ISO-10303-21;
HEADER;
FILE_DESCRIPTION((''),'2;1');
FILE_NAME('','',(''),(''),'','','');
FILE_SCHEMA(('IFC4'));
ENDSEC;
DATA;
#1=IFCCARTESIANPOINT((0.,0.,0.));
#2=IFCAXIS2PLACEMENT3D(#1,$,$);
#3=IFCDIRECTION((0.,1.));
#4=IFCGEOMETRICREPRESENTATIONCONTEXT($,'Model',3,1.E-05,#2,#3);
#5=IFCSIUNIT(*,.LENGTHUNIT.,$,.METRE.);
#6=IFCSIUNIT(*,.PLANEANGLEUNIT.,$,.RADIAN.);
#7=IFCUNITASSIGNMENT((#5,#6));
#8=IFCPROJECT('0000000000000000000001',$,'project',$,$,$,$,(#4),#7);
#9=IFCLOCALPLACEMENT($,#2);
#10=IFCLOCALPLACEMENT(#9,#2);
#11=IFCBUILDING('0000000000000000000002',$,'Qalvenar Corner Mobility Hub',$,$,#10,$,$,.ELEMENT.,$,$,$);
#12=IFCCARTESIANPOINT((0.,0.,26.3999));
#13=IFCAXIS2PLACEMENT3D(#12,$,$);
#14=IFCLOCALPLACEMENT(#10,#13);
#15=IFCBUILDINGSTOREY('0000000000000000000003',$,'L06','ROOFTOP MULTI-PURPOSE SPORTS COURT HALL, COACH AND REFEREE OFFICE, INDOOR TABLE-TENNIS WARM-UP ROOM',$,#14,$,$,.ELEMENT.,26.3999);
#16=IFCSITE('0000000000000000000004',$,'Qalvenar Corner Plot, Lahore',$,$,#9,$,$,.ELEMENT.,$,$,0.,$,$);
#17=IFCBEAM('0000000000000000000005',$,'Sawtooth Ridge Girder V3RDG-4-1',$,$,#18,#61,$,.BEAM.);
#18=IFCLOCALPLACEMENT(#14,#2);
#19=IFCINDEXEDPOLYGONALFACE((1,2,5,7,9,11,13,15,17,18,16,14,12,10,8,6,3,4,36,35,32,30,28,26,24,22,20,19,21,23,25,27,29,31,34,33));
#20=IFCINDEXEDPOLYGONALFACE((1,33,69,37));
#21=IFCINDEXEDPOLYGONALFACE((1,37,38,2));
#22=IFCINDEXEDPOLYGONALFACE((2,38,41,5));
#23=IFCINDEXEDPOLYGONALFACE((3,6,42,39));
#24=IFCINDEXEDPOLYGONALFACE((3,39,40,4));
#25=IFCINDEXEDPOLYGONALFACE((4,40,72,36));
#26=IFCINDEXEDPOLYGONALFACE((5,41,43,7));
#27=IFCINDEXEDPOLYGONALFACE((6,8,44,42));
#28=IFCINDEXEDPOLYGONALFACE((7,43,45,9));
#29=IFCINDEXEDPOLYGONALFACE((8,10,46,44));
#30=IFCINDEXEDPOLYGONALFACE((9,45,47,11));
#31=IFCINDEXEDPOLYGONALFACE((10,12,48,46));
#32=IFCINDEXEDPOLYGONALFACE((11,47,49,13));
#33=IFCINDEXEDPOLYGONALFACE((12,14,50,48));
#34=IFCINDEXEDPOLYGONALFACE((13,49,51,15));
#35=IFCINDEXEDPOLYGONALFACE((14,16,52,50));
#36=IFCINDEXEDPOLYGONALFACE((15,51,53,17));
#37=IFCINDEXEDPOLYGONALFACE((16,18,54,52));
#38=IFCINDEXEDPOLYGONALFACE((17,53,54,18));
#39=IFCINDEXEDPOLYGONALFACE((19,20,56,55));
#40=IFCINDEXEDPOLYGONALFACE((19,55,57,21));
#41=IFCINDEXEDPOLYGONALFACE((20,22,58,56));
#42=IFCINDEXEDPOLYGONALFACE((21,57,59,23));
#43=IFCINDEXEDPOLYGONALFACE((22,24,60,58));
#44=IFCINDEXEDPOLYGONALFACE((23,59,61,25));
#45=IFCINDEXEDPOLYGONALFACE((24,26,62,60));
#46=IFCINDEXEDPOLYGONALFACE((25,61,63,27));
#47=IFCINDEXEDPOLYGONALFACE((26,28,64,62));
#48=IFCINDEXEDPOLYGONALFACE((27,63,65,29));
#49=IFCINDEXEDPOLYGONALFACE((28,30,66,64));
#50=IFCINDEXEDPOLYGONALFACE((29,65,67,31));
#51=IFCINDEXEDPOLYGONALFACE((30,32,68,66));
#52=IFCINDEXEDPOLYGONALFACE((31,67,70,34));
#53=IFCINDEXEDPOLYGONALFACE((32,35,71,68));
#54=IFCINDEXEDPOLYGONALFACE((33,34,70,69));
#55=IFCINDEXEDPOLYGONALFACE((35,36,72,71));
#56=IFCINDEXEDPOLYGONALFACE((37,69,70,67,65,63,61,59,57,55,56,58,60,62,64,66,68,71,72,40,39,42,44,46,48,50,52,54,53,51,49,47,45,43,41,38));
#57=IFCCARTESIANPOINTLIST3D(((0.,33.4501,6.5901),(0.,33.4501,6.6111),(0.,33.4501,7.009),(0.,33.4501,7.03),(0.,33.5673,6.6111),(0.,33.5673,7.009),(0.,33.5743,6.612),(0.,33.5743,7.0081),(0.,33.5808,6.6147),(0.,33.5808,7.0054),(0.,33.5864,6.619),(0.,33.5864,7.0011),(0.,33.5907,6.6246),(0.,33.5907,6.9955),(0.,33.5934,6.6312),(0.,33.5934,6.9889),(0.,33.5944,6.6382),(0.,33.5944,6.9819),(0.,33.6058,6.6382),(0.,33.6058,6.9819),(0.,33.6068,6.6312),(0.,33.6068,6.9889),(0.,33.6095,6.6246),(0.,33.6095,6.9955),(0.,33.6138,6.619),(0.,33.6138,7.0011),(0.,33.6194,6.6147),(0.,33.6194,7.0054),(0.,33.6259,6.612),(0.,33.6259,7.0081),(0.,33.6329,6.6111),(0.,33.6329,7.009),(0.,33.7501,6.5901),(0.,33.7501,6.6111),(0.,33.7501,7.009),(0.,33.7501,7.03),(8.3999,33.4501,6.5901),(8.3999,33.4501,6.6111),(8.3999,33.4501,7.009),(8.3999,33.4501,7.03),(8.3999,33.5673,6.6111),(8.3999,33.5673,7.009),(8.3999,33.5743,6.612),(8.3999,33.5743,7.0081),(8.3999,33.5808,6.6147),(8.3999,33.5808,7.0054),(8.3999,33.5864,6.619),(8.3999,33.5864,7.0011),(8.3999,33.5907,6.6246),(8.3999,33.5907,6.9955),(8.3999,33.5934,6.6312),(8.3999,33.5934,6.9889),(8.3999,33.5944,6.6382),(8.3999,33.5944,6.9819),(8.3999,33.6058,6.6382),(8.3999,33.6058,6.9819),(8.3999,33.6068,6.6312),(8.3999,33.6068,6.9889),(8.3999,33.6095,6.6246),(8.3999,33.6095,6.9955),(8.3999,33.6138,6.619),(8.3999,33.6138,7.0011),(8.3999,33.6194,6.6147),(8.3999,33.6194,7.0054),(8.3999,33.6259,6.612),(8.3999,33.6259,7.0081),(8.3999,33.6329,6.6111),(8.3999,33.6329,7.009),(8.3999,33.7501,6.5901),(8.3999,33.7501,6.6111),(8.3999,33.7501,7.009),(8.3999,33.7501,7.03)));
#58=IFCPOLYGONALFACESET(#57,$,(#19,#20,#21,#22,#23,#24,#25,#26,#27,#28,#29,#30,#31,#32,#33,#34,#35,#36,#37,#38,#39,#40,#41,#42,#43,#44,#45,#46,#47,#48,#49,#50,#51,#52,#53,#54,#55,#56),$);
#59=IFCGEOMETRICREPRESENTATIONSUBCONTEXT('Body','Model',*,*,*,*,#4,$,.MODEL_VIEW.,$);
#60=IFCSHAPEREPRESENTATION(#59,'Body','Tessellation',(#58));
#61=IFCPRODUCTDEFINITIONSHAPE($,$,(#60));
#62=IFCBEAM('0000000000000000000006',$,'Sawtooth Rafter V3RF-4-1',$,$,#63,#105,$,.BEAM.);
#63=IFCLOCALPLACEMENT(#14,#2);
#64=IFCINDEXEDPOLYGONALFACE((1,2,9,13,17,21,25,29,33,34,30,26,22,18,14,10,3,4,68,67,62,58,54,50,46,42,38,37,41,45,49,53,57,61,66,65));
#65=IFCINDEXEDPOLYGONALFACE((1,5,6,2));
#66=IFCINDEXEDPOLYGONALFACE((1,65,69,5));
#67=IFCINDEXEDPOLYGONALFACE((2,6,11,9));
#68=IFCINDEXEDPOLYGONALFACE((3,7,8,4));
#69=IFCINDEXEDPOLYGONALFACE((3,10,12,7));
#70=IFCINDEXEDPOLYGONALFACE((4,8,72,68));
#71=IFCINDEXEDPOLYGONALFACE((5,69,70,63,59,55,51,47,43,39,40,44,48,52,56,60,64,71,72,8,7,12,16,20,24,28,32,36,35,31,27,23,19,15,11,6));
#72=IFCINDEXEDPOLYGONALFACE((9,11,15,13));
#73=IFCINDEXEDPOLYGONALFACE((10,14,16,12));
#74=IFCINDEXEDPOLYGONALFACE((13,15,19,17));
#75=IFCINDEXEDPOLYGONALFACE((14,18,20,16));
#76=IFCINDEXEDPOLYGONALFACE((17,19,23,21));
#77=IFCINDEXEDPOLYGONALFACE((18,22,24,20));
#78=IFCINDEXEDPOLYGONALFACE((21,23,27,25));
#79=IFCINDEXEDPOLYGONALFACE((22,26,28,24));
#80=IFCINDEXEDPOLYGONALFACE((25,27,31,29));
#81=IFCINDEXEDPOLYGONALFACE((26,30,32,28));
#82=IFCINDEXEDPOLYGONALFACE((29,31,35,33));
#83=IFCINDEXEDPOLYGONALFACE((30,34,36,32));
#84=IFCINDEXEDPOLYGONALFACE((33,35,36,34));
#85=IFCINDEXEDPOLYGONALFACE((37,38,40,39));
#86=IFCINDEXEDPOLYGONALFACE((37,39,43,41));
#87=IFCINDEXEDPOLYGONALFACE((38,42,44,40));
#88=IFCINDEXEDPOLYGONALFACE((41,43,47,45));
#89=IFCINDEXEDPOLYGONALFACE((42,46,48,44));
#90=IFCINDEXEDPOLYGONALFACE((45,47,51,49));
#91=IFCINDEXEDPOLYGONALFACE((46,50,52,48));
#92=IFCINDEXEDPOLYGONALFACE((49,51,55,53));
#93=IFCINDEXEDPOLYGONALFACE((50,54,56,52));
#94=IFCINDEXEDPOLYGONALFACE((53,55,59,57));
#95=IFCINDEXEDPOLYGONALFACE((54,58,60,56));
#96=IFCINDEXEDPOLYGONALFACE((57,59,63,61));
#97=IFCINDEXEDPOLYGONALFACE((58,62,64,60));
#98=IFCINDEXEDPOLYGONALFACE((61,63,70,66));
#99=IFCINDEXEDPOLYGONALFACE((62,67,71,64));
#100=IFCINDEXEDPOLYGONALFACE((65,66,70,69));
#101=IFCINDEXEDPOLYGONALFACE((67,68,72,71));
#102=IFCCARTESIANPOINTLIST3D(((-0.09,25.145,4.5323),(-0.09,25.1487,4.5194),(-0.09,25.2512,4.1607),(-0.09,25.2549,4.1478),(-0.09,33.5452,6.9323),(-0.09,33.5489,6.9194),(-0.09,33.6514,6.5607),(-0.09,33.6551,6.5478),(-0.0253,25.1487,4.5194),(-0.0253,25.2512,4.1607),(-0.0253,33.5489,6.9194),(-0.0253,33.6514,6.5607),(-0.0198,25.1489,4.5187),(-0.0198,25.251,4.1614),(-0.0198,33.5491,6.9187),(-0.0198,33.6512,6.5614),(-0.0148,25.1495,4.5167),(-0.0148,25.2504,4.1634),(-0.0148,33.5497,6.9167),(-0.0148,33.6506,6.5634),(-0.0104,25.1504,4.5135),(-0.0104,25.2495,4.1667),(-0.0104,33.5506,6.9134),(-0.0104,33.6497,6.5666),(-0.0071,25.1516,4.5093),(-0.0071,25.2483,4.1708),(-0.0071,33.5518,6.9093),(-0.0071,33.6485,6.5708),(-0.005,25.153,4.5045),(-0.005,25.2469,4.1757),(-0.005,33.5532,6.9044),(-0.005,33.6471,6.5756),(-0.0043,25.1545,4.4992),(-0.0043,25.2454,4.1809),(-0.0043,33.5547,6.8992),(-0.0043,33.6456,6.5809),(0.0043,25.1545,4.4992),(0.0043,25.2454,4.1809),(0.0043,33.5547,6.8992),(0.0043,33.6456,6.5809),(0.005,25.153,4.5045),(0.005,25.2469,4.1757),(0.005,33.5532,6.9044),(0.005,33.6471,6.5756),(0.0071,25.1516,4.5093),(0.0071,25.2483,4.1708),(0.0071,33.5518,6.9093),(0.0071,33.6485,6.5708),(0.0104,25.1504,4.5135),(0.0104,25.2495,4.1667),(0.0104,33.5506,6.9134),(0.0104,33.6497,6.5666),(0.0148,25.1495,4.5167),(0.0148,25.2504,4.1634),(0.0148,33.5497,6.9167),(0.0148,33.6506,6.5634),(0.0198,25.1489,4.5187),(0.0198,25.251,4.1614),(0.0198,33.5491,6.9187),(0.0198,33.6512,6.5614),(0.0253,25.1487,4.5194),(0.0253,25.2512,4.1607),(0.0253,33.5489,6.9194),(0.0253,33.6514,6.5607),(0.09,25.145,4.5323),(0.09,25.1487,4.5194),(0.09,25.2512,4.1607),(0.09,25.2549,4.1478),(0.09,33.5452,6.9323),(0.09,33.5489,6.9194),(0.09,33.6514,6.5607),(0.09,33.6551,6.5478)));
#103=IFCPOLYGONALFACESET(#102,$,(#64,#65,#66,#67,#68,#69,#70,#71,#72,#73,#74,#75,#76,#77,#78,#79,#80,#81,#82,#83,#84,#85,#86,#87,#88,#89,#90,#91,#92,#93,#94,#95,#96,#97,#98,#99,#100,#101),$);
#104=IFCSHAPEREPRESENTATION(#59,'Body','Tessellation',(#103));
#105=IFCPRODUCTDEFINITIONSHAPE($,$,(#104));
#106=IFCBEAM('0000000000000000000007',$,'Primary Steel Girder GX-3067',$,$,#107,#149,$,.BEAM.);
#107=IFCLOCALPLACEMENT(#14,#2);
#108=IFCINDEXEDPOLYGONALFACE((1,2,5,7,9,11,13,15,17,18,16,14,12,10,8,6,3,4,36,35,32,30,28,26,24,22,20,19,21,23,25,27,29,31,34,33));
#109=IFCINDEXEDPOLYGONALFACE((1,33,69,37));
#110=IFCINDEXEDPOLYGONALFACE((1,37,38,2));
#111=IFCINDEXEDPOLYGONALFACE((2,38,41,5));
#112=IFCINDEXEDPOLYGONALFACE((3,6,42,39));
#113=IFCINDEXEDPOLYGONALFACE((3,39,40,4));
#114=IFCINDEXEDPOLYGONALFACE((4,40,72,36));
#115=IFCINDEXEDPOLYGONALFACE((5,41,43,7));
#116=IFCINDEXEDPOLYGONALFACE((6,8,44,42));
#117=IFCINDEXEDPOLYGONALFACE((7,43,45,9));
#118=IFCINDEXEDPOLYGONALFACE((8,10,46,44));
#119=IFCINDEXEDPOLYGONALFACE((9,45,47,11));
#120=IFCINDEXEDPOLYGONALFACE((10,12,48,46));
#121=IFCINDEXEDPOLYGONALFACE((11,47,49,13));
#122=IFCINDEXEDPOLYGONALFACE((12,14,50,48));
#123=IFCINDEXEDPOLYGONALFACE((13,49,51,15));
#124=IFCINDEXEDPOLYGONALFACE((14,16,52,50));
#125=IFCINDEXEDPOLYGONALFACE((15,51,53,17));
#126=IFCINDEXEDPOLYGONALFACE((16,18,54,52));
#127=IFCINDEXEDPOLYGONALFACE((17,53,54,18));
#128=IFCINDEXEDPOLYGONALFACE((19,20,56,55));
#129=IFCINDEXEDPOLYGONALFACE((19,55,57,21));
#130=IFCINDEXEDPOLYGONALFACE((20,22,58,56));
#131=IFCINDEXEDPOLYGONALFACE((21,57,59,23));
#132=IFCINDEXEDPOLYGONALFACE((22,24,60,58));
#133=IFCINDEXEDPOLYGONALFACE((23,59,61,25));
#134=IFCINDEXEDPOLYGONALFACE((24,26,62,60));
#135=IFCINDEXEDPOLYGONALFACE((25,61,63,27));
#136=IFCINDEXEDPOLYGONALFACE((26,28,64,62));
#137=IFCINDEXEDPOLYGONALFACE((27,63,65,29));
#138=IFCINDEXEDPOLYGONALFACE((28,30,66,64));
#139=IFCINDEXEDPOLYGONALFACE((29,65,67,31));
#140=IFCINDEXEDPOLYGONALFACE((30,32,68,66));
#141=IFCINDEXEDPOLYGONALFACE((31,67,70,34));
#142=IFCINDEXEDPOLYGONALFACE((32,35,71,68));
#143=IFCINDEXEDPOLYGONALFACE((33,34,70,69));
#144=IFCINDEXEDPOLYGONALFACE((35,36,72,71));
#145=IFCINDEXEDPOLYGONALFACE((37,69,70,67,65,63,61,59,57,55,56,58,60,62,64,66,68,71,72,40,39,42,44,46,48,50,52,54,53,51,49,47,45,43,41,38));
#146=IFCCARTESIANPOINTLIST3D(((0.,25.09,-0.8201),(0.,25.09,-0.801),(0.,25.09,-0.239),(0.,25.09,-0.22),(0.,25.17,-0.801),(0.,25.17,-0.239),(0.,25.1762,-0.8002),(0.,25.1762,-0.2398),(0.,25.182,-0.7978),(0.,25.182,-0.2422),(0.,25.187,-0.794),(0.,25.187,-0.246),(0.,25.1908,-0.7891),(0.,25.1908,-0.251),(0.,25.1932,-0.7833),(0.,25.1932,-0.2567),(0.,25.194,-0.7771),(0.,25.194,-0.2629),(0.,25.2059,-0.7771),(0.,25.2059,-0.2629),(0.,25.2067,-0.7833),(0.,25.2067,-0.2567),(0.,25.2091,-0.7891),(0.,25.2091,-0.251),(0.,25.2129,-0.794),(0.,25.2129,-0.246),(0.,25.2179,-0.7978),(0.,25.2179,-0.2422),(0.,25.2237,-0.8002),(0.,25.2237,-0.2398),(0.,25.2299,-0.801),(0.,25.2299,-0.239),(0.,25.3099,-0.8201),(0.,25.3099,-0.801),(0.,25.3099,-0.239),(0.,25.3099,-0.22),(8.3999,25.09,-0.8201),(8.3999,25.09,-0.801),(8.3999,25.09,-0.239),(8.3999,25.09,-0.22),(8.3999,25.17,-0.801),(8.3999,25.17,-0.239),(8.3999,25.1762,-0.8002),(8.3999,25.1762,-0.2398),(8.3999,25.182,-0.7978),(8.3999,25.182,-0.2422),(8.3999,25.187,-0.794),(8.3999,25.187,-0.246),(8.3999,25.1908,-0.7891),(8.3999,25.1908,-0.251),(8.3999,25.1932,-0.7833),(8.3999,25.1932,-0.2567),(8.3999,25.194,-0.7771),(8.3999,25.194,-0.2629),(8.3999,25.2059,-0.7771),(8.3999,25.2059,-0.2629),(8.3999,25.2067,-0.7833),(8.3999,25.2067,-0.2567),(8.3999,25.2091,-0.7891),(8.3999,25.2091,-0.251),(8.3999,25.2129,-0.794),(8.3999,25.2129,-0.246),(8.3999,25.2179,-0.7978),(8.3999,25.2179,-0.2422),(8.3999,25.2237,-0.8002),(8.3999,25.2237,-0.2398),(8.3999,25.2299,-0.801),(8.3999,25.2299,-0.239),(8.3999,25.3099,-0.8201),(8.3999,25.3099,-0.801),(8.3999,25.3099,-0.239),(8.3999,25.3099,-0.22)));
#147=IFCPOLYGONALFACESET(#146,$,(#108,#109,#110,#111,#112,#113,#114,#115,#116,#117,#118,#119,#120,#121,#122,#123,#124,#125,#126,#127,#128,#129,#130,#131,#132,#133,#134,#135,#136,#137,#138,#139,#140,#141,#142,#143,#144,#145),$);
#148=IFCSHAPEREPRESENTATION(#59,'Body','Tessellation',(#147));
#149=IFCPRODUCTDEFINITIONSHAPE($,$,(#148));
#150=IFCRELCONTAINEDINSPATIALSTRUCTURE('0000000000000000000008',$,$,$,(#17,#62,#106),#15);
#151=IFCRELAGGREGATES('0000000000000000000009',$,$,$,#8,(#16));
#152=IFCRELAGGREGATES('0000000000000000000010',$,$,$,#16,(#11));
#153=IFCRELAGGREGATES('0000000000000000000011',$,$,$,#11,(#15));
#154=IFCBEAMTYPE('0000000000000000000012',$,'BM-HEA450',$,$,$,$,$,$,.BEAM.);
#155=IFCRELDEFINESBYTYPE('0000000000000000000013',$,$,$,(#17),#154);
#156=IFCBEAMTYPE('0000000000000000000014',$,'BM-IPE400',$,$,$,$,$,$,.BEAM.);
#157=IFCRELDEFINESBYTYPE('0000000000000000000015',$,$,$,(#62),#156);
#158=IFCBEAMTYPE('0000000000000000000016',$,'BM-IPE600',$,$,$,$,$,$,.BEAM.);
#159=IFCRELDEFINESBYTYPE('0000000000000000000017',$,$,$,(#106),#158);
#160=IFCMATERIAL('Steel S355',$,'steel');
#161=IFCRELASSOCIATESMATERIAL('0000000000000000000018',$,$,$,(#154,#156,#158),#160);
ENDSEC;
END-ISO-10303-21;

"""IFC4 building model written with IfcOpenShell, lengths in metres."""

from ifc_helpers import new_model, si_unit, direction, frame, origin, origin_2d, place, context, subcontext, project, spatial, i_section, extrude, material, material_profile, profile_set, type_object, element, save


model = new_model("IFC4")

# Units and contexts
model_context = context("Model", 3, precision=1e-05, world=origin(), true_north=direction((0.0, 1.0)))
body_context = subcontext(model_context, "Body", "Model", "MODEL_VIEW")
ifc_project = project(units=[si_unit("LENGTHUNIT", "METRE"), si_unit("PLANEANGLEUNIT", "RADIAN")], contexts=[model_context])

# Site, building, storey
site_placement = place(None, origin())
site = spatial("IfcSite", under=ifc_project, at=site_placement, Name="Qalvenar Corner Plot, Lahore", CompositionType="ELEMENT", RefElevation=0.0)
building_placement = place(site_placement, origin())
building = spatial("IfcBuilding", under=site, at=building_placement, Name="Qalvenar Corner Mobility Hub", CompositionType="ELEMENT")
storey_placement = place(building_placement, frame((0.0, 0.0, 26.3999)))
storey = spatial("IfcBuildingStorey", under=building, at=storey_placement, Name="L06", Description="ROOFTOP MULTI-PURPOSE SPORTS COURT HALL, COACH AND REFEREE OFFICE, INDOOR TABLE-TENNIS WARM-UP ROOM", CompositionType="ELEMENT", Elevation=26.3999)

# Shared definitions
ifc_material_1 = material(Name="Steel S355", Category="steel")

# Beams
ifc_material_profile_1 = material_profile(ifc_material_1, i_section(OverallWidth=0.3, OverallDepth=0.4399, WebThickness=0.0115, FlangeThickness=0.021, FilletRadius=0.0271, at=origin_2d()), Name="HEA450")
ifc_profile_set_1 = profile_set([ifc_material_profile_1], Name="Steel S355")
beam_type_1 = type_object("IfcBeamType", Name="BM-HEA450", PredefinedType="BEAM", material=ifc_profile_set_1)
for number, where, z_axis, x_axis, name in (
    (1, (0.0, 33.6001, 6.8101), (1.0, 0.0, 0.0), (0.0, 1.0, 0.0), "Sawtooth Ridge Girder V3RDG-4-1"),
):
    element("IfcBeam", number, at=place(storey_placement, frame(where, z_axis=z_axis, x_axis=x_axis)), inside=storey, type_object=beam_type_1, Name=name, PredefinedType="BEAM", context=body_context, shape_type="SweptSolid", body=[
        extrude(i_section(OverallWidth=0.3, OverallDepth=0.4399, WebThickness=0.0115, FlangeThickness=0.021, FilletRadius=0.0271, at=origin_2d()), origin(), (0.0, 0.0, 1.0), 8.3999),
    ])
ifc_material_profile_2 = material_profile(ifc_material_1, i_section(OverallWidth=0.1799, OverallDepth=0.3999, WebThickness=0.0085, FlangeThickness=0.0134, FilletRadius=0.021, at=origin_2d()), Name="IPE400")
ifc_profile_set_2 = profile_set([ifc_material_profile_2], Name="Steel S355")
beam_type_2 = type_object("IfcBeamType", Name="BM-IPE400", PredefinedType="BEAM", material=ifc_profile_set_2)
beam_1_placement = place(storey_placement, frame((0.0, 25.2, 4.3401), z_axis=(0.0, 0.961528, 0.274706), x_axis=(-1.0, 0.0, 0.0)))
element("IfcBeam", 2, at=beam_1_placement, inside=storey, type_object=beam_type_2, Name="Sawtooth Rafter V3RF-4-1", PredefinedType="BEAM", context=body_context, shape_type="SweptSolid", body=[
    extrude(i_section(OverallWidth=0.1799, OverallDepth=0.3999, WebThickness=0.0085, FlangeThickness=0.0134, FilletRadius=0.021, at=origin_2d()), origin(), (0.0, 0.0, 1.0), 8.7363),
])
ifc_material_profile_3 = material_profile(ifc_material_1, i_section(OverallWidth=0.22, OverallDepth=0.6001, WebThickness=0.012, FlangeThickness=0.019, FilletRadius=0.0239, at=origin_2d()), Name="IPE600")
ifc_profile_set_3 = profile_set([ifc_material_profile_3], Name="Steel S355")
beam_type_3 = type_object("IfcBeamType", Name="BM-IPE600", PredefinedType="BEAM", material=ifc_profile_set_3)
beam_2_placement = place(storey_placement, frame((0.0, 25.2, -0.52), z_axis=(1.0, 0.0, 0.0), x_axis=(0.0, 1.0, 0.0)))
element("IfcBeam", 3, at=beam_2_placement, inside=storey, type_object=beam_type_3, Name="Primary Steel Girder GX-3067", PredefinedType="BEAM", context=body_context, shape_type="SweptSolid", body=[
    extrude(i_section(OverallWidth=0.22, OverallDepth=0.6001, WebThickness=0.012, FlangeThickness=0.019, FilletRadius=0.0239, at=origin_2d()), origin(), (0.0, 0.0, 1.0), 8.3999),
])

save(model, "model.ifc")
